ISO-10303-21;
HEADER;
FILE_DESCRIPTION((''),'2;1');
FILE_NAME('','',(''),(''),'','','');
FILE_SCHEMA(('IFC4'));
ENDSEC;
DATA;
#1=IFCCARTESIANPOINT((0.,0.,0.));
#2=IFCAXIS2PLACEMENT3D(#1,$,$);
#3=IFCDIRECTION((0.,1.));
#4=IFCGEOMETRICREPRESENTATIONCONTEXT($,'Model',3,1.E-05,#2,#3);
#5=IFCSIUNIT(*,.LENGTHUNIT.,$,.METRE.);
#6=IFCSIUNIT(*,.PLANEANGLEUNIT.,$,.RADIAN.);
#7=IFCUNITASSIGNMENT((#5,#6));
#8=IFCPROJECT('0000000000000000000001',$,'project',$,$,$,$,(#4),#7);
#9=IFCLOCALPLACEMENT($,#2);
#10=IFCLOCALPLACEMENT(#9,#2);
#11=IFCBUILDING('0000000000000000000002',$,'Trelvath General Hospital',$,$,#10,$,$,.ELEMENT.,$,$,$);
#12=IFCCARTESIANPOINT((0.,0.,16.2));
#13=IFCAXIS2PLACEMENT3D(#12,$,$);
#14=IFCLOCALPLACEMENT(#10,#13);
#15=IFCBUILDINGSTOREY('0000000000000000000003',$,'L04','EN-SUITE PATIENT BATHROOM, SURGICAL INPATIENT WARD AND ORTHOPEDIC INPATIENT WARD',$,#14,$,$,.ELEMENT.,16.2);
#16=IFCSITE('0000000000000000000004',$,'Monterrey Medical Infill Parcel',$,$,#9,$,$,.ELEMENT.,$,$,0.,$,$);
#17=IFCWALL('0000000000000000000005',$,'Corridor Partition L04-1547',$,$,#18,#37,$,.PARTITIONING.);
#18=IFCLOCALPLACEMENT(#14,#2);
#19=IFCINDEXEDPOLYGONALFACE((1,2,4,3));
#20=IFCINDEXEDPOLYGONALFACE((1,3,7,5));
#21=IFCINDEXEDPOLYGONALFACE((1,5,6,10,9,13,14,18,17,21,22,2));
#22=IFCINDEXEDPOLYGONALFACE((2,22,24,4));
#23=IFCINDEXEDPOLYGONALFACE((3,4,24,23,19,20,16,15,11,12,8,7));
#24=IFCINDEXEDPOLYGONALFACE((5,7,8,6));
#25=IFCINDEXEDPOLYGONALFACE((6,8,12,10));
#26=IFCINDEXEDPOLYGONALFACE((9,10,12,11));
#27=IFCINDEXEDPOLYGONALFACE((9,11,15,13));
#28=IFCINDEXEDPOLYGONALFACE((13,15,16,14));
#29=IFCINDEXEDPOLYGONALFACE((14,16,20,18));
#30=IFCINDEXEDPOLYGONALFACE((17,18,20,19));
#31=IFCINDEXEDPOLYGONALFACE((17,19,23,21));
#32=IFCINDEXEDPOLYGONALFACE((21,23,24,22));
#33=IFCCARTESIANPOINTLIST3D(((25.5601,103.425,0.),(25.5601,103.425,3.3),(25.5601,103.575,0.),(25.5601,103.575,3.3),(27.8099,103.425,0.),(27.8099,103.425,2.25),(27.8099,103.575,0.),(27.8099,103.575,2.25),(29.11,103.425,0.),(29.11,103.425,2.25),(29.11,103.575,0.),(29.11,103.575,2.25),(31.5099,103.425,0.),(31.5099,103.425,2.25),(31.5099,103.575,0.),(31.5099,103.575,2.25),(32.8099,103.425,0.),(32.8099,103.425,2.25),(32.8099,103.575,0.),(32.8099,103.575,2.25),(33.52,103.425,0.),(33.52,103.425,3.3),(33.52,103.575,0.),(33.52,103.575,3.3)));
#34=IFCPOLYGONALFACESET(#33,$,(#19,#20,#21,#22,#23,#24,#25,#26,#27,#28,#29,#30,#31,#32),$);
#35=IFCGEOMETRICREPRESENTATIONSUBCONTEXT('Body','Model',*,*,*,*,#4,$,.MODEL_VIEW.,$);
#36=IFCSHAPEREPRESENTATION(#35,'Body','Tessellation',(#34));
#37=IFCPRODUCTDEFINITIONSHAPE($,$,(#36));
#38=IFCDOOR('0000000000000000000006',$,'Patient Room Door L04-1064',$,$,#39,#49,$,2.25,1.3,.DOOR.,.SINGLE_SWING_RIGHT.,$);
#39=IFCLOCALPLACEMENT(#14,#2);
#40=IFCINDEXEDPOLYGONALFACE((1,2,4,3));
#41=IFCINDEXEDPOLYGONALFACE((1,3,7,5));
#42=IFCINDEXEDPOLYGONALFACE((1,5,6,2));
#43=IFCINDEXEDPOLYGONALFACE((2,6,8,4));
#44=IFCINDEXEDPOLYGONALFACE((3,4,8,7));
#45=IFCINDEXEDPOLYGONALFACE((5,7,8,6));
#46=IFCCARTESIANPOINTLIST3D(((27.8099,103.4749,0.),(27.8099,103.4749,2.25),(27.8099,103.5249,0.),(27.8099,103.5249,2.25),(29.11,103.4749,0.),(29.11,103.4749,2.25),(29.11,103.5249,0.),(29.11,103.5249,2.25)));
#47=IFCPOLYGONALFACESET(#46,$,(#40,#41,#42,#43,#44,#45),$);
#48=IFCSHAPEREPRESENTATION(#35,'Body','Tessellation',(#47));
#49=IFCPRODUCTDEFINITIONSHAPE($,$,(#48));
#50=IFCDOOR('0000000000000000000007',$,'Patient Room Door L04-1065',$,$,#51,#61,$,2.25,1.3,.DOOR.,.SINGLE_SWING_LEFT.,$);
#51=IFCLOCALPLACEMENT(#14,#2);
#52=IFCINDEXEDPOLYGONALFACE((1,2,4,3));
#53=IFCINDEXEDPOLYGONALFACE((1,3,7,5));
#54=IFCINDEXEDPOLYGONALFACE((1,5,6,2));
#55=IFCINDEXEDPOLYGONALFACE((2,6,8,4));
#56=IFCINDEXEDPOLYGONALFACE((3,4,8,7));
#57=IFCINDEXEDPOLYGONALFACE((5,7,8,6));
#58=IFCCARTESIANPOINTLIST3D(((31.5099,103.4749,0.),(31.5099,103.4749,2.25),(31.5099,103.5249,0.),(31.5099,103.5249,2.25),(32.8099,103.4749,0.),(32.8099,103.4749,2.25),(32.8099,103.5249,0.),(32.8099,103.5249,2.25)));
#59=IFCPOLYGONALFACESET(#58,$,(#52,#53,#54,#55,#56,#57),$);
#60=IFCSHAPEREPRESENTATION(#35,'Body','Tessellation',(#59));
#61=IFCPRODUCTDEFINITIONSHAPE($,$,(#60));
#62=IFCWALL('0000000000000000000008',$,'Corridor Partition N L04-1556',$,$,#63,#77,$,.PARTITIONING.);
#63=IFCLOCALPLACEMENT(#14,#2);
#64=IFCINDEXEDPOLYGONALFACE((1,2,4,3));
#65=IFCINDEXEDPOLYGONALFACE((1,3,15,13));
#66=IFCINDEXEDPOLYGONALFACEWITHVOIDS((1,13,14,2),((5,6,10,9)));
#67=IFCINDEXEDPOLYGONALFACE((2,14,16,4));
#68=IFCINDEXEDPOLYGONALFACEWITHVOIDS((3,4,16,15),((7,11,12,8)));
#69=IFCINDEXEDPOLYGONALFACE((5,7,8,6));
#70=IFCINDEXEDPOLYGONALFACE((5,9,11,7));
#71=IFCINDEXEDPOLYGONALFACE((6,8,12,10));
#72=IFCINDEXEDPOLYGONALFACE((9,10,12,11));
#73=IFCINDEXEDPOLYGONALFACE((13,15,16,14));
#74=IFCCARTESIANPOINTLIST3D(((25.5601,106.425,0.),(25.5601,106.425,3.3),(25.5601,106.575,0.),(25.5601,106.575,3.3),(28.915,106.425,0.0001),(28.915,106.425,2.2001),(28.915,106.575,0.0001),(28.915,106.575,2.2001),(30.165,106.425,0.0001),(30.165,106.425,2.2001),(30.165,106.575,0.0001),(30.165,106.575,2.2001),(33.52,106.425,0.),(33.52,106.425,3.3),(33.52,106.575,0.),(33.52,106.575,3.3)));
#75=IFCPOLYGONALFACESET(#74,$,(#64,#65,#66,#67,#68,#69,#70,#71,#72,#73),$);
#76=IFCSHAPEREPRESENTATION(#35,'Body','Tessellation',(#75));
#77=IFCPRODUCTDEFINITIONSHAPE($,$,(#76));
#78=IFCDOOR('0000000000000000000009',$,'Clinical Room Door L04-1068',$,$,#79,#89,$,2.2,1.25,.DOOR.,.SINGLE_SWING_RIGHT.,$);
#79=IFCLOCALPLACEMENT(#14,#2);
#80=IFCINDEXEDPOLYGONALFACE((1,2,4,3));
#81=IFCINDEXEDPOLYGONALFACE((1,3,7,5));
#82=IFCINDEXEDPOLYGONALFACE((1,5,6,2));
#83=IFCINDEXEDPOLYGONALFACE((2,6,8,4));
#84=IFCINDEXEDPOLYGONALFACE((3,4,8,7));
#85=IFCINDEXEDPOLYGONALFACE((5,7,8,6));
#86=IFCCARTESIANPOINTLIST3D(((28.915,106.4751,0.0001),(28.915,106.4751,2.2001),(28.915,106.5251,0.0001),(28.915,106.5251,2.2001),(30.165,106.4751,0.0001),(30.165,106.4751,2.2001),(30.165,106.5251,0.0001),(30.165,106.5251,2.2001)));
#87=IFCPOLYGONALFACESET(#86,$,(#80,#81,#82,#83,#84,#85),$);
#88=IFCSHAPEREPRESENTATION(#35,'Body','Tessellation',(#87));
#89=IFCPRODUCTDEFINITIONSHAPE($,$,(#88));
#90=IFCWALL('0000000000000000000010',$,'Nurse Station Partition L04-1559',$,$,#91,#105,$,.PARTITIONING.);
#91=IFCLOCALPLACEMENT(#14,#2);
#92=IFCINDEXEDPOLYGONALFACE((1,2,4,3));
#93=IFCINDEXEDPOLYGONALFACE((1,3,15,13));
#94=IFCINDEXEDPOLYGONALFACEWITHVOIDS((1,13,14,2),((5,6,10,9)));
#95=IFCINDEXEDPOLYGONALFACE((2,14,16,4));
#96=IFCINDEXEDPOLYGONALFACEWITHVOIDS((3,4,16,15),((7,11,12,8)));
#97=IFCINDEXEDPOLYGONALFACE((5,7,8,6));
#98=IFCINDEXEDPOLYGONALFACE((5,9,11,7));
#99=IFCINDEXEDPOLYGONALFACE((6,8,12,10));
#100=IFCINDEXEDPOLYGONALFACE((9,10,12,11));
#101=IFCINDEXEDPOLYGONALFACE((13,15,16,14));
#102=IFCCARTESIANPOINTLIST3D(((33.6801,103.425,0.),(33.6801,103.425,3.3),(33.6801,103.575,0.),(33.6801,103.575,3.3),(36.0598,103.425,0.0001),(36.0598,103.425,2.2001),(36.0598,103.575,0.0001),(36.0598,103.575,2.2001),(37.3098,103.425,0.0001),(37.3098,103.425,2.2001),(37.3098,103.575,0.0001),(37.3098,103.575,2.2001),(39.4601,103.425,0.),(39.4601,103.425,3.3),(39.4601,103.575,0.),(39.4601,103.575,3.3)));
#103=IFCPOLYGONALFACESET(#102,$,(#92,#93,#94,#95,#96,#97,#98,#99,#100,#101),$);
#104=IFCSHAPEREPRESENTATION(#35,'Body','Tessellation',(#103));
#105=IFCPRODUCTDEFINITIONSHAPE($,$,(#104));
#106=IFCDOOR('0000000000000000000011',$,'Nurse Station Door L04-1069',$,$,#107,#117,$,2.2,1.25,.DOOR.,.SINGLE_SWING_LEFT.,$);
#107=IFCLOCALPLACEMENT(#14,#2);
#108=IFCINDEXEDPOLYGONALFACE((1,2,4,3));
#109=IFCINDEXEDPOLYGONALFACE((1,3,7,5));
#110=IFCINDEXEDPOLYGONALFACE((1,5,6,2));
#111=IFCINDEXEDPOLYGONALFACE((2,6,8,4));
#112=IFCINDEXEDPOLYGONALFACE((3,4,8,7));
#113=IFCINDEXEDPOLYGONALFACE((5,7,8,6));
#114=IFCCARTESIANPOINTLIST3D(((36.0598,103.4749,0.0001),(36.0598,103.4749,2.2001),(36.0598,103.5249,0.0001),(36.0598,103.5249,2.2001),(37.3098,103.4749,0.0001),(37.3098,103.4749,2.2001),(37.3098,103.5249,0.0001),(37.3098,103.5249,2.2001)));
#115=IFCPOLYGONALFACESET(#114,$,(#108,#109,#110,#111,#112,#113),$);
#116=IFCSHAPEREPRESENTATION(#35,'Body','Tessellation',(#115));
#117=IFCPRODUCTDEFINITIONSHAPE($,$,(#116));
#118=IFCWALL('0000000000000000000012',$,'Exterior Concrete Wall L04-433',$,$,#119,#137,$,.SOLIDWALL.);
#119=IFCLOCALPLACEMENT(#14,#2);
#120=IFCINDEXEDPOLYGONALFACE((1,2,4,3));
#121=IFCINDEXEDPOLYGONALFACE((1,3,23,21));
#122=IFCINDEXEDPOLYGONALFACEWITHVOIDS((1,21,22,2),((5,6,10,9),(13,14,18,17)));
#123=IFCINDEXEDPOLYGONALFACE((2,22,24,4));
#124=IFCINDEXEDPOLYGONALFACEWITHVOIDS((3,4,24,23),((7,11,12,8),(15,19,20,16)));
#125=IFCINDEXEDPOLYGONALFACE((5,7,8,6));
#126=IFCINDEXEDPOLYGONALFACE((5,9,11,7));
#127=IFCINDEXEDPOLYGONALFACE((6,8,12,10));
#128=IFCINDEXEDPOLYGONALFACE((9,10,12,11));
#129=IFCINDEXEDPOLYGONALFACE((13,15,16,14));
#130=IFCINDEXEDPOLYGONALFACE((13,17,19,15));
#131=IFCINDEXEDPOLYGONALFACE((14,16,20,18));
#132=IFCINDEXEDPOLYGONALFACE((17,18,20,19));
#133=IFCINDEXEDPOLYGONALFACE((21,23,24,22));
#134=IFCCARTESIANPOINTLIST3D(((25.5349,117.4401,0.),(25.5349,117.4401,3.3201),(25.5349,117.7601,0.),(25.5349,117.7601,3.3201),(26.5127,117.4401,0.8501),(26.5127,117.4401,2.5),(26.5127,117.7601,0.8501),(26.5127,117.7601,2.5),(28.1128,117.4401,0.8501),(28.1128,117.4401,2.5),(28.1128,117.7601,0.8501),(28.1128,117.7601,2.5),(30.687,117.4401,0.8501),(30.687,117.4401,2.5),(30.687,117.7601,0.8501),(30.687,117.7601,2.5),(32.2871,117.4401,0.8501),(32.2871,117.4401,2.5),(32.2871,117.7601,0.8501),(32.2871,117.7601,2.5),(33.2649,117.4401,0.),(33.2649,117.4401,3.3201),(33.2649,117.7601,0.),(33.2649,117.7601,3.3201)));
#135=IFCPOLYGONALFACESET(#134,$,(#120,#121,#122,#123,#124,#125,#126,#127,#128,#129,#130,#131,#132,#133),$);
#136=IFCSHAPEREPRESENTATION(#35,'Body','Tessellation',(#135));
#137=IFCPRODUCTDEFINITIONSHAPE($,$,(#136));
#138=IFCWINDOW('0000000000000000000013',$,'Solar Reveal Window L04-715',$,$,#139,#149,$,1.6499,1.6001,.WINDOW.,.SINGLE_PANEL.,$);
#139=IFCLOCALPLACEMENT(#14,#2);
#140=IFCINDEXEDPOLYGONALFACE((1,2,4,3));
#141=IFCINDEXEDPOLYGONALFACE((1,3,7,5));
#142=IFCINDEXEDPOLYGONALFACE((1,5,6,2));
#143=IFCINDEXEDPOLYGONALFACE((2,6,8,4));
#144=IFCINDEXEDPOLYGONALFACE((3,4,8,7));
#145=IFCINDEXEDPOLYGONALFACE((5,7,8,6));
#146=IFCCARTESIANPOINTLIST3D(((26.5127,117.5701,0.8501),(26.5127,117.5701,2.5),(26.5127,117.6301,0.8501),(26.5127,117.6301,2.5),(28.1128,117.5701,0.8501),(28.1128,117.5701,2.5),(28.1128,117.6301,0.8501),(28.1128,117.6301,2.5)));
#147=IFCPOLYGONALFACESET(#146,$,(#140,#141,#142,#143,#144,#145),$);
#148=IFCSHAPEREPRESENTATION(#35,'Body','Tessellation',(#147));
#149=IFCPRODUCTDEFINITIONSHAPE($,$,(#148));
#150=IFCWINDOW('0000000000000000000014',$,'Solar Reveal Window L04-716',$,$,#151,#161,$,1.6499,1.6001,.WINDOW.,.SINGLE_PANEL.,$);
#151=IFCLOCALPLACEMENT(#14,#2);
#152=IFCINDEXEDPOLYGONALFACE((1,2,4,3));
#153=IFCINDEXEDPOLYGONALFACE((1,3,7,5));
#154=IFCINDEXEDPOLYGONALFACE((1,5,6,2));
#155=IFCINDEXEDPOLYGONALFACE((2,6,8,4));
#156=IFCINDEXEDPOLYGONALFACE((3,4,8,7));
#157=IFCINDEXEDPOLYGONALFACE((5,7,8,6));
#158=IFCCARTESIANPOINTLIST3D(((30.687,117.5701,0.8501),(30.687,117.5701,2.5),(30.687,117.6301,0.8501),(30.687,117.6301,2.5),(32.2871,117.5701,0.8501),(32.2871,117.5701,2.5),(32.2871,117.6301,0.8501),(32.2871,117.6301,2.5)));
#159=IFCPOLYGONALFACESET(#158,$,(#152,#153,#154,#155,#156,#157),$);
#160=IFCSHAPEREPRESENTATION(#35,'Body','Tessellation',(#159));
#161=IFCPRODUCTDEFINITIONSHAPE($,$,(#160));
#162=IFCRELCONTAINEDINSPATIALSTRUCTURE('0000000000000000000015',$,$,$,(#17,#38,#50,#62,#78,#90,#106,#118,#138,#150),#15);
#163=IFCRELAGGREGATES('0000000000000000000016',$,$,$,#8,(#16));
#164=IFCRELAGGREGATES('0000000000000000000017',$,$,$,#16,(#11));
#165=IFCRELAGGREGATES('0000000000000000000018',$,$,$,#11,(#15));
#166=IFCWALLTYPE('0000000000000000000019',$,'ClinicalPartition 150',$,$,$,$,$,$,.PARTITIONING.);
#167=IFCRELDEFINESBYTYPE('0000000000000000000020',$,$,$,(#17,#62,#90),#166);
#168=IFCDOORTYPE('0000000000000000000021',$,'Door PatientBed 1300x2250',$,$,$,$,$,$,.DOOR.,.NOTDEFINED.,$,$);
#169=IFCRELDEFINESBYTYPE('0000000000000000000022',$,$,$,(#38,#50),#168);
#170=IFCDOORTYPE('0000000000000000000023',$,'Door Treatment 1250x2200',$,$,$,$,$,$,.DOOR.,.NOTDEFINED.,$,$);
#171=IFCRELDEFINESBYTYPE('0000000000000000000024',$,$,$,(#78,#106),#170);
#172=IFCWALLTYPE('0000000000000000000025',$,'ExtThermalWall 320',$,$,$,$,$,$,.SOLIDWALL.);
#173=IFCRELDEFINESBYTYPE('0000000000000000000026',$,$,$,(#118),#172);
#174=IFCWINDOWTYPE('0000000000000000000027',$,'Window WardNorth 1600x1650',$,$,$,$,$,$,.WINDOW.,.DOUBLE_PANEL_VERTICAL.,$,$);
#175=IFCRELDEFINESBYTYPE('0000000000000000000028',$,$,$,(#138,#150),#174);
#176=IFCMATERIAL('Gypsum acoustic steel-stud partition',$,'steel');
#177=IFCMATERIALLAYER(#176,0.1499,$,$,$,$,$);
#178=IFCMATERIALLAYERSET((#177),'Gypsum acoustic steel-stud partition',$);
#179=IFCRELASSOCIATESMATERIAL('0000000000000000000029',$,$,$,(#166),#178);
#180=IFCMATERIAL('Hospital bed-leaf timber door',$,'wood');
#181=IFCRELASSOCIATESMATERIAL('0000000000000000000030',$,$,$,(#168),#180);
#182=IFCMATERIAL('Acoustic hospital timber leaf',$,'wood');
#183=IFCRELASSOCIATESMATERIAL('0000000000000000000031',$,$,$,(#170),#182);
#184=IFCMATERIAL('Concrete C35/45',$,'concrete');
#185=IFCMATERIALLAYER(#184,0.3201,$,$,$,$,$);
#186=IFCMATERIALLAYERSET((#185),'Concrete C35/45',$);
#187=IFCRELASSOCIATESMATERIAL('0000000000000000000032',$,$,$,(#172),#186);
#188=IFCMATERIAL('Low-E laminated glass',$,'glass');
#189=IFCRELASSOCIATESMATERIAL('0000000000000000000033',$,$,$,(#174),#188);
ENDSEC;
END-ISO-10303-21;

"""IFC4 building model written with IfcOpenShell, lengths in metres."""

from ifc_helpers import new_model, si_unit, direction, frame, frame_2d, origin, place, context, subcontext, project, spatial, rectangle, extrude, material, layer, layer_set, type_object, element, fill, save


model = new_model("IFC4")

# Units and contexts
model_context = context("Model", 3, precision=1e-05, world=origin(), true_north=direction((0.0, 1.0)))
body_context = subcontext(model_context, "Body", "Model", "MODEL_VIEW")
ifc_project = project(units=[si_unit("LENGTHUNIT", "METRE"), si_unit("PLANEANGLEUNIT", "RADIAN")], contexts=[model_context])

# Site, building, storey
site_placement = place(None, origin())
site = spatial("IfcSite", under=ifc_project, at=site_placement, Name="Monterrey Medical Infill Parcel", CompositionType="ELEMENT", RefElevation=0.0)
building_placement = place(site_placement, origin())
building = spatial("IfcBuilding", under=site, at=building_placement, Name="Trelvath General Hospital", CompositionType="ELEMENT")
storey_placement = place(building_placement, frame((0.0, 0.0, 16.2)))
storey = spatial("IfcBuildingStorey", under=building, at=storey_placement, Name="L04", Description="EN-SUITE PATIENT BATHROOM, SURGICAL INPATIENT WARD AND ORTHOPEDIC INPATIENT WARD", CompositionType="ELEMENT", Elevation=16.2)

# Wall, openings, doors
ifc_material_1 = material(Name="Gypsum acoustic steel-stud partition", Category="steel")
ifc_layer_1 = layer(ifc_material_1, 0.1499)
ifc_layer_set_1 = layer_set([ifc_layer_1], Name="Gypsum acoustic steel-stud partition")
wall_type_1 = type_object("IfcWallType", Name="ClinicalPartition 150", PredefinedType="PARTITIONING", material=ifc_layer_set_1)
wall_1_placement = place(storey_placement, frame((25.5601, 103.5, 0.0), z_axis=(0.0, 0.0, 1.0), x_axis=(1.0, 0.0, 0.0)))
wall_1 = element("IfcWall", 1, at=wall_1_placement, inside=storey, type_object=wall_type_1, Name="Corridor Partition L04-1547", PredefinedType="PARTITIONING", context=body_context, shape_type="SweptSolid", body=[
    extrude(rectangle(XDim=7.96, YDim=0.1499, at=frame_2d((3.98, 0.0))), origin(), (0.0, 0.0, 1.0), 3.3),
])
opening_1_placement = place(wall_1_placement, frame((2.25, 0.0, 0.0)))
opening_1 = element("IfcOpeningElement", 2, at=opening_1_placement, cuts=wall_1, PredefinedType="OPENING", context=body_context, shape_type="SweptSolid", body=[
    extrude(rectangle(XDim=1.3, YDim=2.25, at=frame_2d((0.6499, 1.125))), frame((0.0, 0.085, 0.0), z_axis=(0.0, -1.0, 0.0), x_axis=(1.0, 0.0, 0.0)), (0.0, 0.0, 1.0), 0.1699),
])
opening_2_placement = place(wall_1_placement, frame((5.95, 0.0, 0.0)))
opening_2 = element("IfcOpeningElement", 3, at=opening_2_placement, cuts=wall_1, PredefinedType="OPENING", context=body_context, shape_type="SweptSolid", body=[
    extrude(rectangle(XDim=1.3, YDim=2.25, at=frame_2d((0.6499, 1.125))), frame((0.0, 0.085, 0.0), z_axis=(0.0, -1.0, 0.0), x_axis=(1.0, 0.0, 0.0)), (0.0, 0.0, 1.0), 0.1699),
])
ifc_material_2 = material(Name="Hospital bed-leaf timber door", Category="wood")
door_type_1 = type_object("IfcDoorType", Name="Door PatientBed 1300x2250", OperationType="NOTDEFINED", PredefinedType="DOOR", material=ifc_material_2)
door_1_placement = place(opening_1_placement, origin())
door_1 = element("IfcDoor", 4, at=door_1_placement, inside=storey, type_object=door_type_1, Name="Patient Room Door L04-1064", OperationType="SINGLE_SWING_RIGHT", OverallHeight=2.25, OverallWidth=1.3, PredefinedType="DOOR", context=body_context, shape_type="SweptSolid", body=[
    extrude(rectangle(XDim=1.3, YDim=2.25, at=frame_2d((0.6499, 1.125))), frame((0.0, 0.0249, 0.0), z_axis=(0.0, -1.0, 0.0), x_axis=(1.0, 0.0, 0.0)), (0.0, 0.0, 1.0), 0.05),
])
fill(opening_1, door_1)
door_2_placement = place(opening_2_placement, origin())
door_2 = element("IfcDoor", 5, at=door_2_placement, inside=storey, type_object=door_type_1, Name="Patient Room Door L04-1065", OperationType="SINGLE_SWING_LEFT", OverallHeight=2.25, OverallWidth=1.3, PredefinedType="DOOR", context=body_context, shape_type="SweptSolid", body=[
    extrude(rectangle(XDim=1.3, YDim=2.25, at=frame_2d((0.6499, 1.125))), frame((0.0, 0.0249, 0.0), z_axis=(0.0, -1.0, 0.0), x_axis=(1.0, 0.0, 0.0)), (0.0, 0.0, 1.0), 0.05),
])
fill(opening_2, door_2)

# Walls, openings, doors
wall_2_placement = place(storey_placement, frame((33.52, 106.5, 0.0), z_axis=(0.0, 0.0, 1.0), x_axis=(-1.0, 0.0, 0.0)))
wall_2 = element("IfcWall", 6, at=wall_2_placement, inside=storey, type_object=wall_type_1, Name="Corridor Partition N L04-1556", PredefinedType="PARTITIONING", context=body_context, shape_type="SweptSolid", body=[
    extrude(rectangle(XDim=7.96, YDim=0.1499, at=frame_2d((3.98, 0.0))), origin(), (0.0, 0.0, 1.0), 3.3),
])
opening_3_placement = place(wall_2_placement, frame((3.355, 0.0, 0.0)))
opening_3 = element("IfcOpeningElement", 7, at=opening_3_placement, cuts=wall_2, PredefinedType="OPENING", context=body_context, shape_type="SweptSolid", body=[
    extrude(rectangle(XDim=1.25, YDim=2.2, at=frame_2d((0.625, 1.1001))), frame((0.0, 0.085, 0.0), z_axis=(0.0, -1.0, 0.0), x_axis=(1.0, 0.0, 0.0)), (0.0, 0.0, 1.0), 0.1699),
])
ifc_material_3 = material(Name="Acoustic hospital timber leaf", Category="wood")
door_type_2 = type_object("IfcDoorType", Name="Door Treatment 1250x2200", OperationType="NOTDEFINED", PredefinedType="DOOR", material=ifc_material_3)
door_3_placement = place(opening_3_placement, origin())
door_3 = element("IfcDoor", 8, at=door_3_placement, inside=storey, type_object=door_type_2, Name="Clinical Room Door L04-1068", OperationType="SINGLE_SWING_RIGHT", OverallHeight=2.2, OverallWidth=1.25, PredefinedType="DOOR", context=body_context, shape_type="SweptSolid", body=[
    extrude(rectangle(XDim=1.25, YDim=2.2, at=frame_2d((0.625, 1.1001))), frame((0.0, 0.0249, 0.0), z_axis=(0.0, -1.0, 0.0), x_axis=(1.0, 0.0, 0.0)), (0.0, 0.0, 1.0), 0.05),
])
fill(opening_3, door_3)
wall_3_placement = place(storey_placement, frame((33.6799, 103.5, 0.0), z_axis=(0.0, 0.0, 1.0), x_axis=(1.0, 0.0, 0.0)))
wall_3 = element("IfcWall", 9, at=wall_3_placement, inside=storey, type_object=wall_type_1, Name="Nurse Station Partition L04-1559", PredefinedType="PARTITIONING", context=body_context, shape_type="SweptSolid", body=[
    extrude(rectangle(XDim=5.78, YDim=0.1499, at=frame_2d((2.8901, 0.0))), origin(), (0.0, 0.0, 1.0), 3.3),
])
opening_4_placement = place(wall_3_placement, frame((2.3799, 0.0, 0.0)))
opening_4 = element("IfcOpeningElement", 10, at=opening_4_placement, cuts=wall_3, PredefinedType="OPENING", context=body_context, shape_type="SweptSolid", body=[
    extrude(rectangle(XDim=1.25, YDim=2.2, at=frame_2d((0.625, 1.1001))), frame((0.0, 0.085, 0.0), z_axis=(0.0, -1.0, 0.0), x_axis=(1.0, 0.0, 0.0)), (0.0, 0.0, 1.0), 0.1699),
])
door_4_placement = place(opening_4_placement, origin())
door_4 = element("IfcDoor", 11, at=door_4_placement, inside=storey, type_object=door_type_2, Name="Nurse Station Door L04-1069", OperationType="SINGLE_SWING_LEFT", OverallHeight=2.2, OverallWidth=1.25, PredefinedType="DOOR", context=body_context, shape_type="SweptSolid", body=[
    extrude(rectangle(XDim=1.25, YDim=2.2, at=frame_2d((0.625, 1.1001))), frame((0.0, 0.0249, 0.0), z_axis=(0.0, -1.0, 0.0), x_axis=(1.0, 0.0, 0.0)), (0.0, 0.0, 1.0), 0.05),
])
fill(opening_4, door_4)

# Wall, openings, windows
ifc_material_4 = material(Name="Concrete C35/45", Category="concrete")
ifc_layer_2 = layer(ifc_material_4, 0.3201)
ifc_layer_set_2 = layer_set([ifc_layer_2], Name="Concrete C35/45")
wall_type_2 = type_object("IfcWallType", Name="ExtThermalWall 320", PredefinedType="SOLIDWALL", material=ifc_layer_set_2)
wall_4_placement = place(storey_placement, frame((25.5349, 117.6001, 0.0), z_axis=(0.0, 0.0, 1.0), x_axis=(1.0, 0.0, 0.0)))
wall_4 = element("IfcWall", 12, at=wall_4_placement, inside=storey, type_object=wall_type_2, Name="Exterior Concrete Wall L04-433", PredefinedType="SOLIDWALL", context=body_context, shape_type="SweptSolid", body=[
    extrude(rectangle(XDim=7.73, YDim=0.3201, at=frame_2d((3.865, 0.0))), origin(), (0.0, 0.0, 1.0), 3.3201),
])
opening_5_placement = place(wall_4_placement, frame((0.9778, 0.0, 0.8501)))
opening_5 = element("IfcOpeningElement", 13, at=opening_5_placement, cuts=wall_4, PredefinedType="OPENING", context=body_context, shape_type="SweptSolid", body=[
    extrude(rectangle(XDim=1.6001, YDim=1.6499, at=frame_2d((0.8, 0.825))), frame((0.0, 0.1699, 0.0), z_axis=(0.0, -1.0, 0.0), x_axis=(1.0, 0.0, 0.0)), (0.0, 0.0, 1.0), 0.3401),
])
opening_6_placement = place(wall_4_placement, frame((5.1521, 0.0, 0.8501)))
opening_6 = element("IfcOpeningElement", 14, at=opening_6_placement, cuts=wall_4, PredefinedType="OPENING", context=body_context, shape_type="SweptSolid", body=[
    extrude(rectangle(XDim=1.6001, YDim=1.6499, at=frame_2d((0.8, 0.825))), frame((0.0, 0.1699, 0.0), z_axis=(0.0, -1.0, 0.0), x_axis=(1.0, 0.0, 0.0)), (0.0, 0.0, 1.0), 0.3401),
])
ifc_material_5 = material(Name="Low-E laminated glass", Category="glass")
window_type_1 = type_object("IfcWindowType", Name="Window WardNorth 1600x1650", PartitioningType="DOUBLE_PANEL_VERTICAL", PredefinedType="WINDOW", material=ifc_material_5)
window_1_placement = place(opening_5_placement, origin())
window_1 = element("IfcWindow", 15, at=window_1_placement, inside=storey, type_object=window_type_1, Name="Solar Reveal Window L04-715", OverallHeight=1.6499, OverallWidth=1.6001, PartitioningType="SINGLE_PANEL", PredefinedType="WINDOW", context=body_context, shape_type="SweptSolid", body=[
    extrude(rectangle(XDim=1.6001, YDim=1.6499, at=frame_2d((0.8, 0.825))), frame((0.0, 0.03, 0.0), z_axis=(0.0, -1.0, 0.0), x_axis=(1.0, 0.0, 0.0)), (0.0, 0.0, 1.0), 0.0601),
])
fill(opening_5, window_1)
window_2_placement = place(opening_6_placement, origin())
window_2 = element("IfcWindow", 16, at=window_2_placement, inside=storey, type_object=window_type_1, Name="Solar Reveal Window L04-716", OverallHeight=1.6499, OverallWidth=1.6001, PartitioningType="SINGLE_PANEL", PredefinedType="WINDOW", context=body_context, shape_type="SweptSolid", body=[
    extrude(rectangle(XDim=1.6001, YDim=1.6499, at=frame_2d((0.8, 0.825))), frame((0.0, 0.03, 0.0), z_axis=(0.0, -1.0, 0.0), x_axis=(1.0, 0.0, 0.0)), (0.0, 0.0, 1.0), 0.0601),
])
fill(opening_6, window_2)

save(model, "model.ifc")
